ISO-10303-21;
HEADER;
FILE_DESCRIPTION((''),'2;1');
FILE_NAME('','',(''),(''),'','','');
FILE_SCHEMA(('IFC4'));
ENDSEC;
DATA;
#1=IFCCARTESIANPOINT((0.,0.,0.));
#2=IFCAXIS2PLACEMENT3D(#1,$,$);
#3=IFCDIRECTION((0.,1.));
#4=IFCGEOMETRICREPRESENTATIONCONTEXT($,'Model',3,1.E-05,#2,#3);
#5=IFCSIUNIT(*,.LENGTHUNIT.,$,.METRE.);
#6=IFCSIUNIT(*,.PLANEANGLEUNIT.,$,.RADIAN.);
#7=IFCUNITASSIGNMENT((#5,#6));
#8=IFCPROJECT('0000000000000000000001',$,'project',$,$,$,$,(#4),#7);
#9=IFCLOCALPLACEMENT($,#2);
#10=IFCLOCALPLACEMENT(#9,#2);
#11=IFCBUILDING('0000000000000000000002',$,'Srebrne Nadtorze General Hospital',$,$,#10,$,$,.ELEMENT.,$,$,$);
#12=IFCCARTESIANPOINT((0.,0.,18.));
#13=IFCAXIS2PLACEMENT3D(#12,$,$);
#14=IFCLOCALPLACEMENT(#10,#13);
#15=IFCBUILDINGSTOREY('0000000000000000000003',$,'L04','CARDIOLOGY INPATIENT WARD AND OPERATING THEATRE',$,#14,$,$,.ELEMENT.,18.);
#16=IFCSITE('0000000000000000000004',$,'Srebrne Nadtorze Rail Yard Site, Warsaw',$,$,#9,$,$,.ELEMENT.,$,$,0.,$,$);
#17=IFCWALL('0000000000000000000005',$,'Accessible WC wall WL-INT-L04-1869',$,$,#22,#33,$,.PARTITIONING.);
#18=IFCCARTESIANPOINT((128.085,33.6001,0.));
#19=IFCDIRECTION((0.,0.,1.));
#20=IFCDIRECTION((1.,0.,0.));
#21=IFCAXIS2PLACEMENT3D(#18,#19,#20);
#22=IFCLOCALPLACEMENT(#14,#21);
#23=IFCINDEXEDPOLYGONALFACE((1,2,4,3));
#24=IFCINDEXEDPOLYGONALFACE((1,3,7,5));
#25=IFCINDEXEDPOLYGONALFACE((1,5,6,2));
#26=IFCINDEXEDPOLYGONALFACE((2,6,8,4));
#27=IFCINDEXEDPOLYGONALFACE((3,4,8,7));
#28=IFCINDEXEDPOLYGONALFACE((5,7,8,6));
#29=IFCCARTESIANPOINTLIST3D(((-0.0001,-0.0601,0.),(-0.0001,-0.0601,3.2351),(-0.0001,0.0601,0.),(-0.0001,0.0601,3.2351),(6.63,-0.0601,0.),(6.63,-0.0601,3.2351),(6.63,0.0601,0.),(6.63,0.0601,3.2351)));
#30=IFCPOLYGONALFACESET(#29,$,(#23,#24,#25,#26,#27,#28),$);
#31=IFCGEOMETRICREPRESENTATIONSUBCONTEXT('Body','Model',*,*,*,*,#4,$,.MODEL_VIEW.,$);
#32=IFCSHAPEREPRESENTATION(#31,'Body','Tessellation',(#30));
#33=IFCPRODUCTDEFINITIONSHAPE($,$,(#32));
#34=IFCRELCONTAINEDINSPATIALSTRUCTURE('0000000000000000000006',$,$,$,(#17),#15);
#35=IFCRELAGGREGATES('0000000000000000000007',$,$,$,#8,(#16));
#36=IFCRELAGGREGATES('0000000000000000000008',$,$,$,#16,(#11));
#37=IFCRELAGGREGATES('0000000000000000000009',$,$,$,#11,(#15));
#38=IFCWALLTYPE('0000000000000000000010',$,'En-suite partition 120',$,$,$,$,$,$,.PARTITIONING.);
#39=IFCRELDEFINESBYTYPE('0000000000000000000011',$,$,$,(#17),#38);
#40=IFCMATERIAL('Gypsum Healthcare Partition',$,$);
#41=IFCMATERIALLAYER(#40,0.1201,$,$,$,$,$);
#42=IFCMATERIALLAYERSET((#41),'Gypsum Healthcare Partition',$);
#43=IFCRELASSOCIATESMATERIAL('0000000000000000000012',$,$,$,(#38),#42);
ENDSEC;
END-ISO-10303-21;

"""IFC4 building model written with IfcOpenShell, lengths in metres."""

from ifc_helpers import new_model, si_unit, direction, frame, frame_2d, origin, place, context, subcontext, project, spatial, rectangle, extrude, material, layer, layer_set, type_object, element, save


model = new_model("IFC4")

# Units and contexts
model_context = context("Model", 3, precision=1e-05, world=origin(), true_north=direction((0.0, 1.0)))
body_context = subcontext(model_context, "Body", "Model", "MODEL_VIEW")
ifc_project = project(units=[si_unit("LENGTHUNIT", "METRE"), si_unit("PLANEANGLEUNIT", "RADIAN")], contexts=[model_context])

# Site, building, storey
site_placement = place(None, origin())
site = spatial("IfcSite", under=ifc_project, at=site_placement, Name="Srebrne Nadtorze Rail Yard Site, Warsaw", CompositionType="ELEMENT", RefElevation=0.0)
building_placement = place(site_placement, origin())
building = spatial("IfcBuilding", under=site, at=building_placement, Name="Srebrne Nadtorze General Hospital", CompositionType="ELEMENT")
storey_placement = place(building_placement, frame((0.0, 0.0, 18.0)))
storey = spatial("IfcBuildingStorey", under=building, at=storey_placement, Name="L04", Description="CARDIOLOGY INPATIENT WARD AND OPERATING THEATRE", CompositionType="ELEMENT", Elevation=18.0)

# Wall
ifc_material_1 = material(Name="Gypsum Healthcare Partition")
ifc_layer_1 = layer(ifc_material_1, 0.1201)
ifc_layer_set_1 = layer_set([ifc_layer_1], Name="Gypsum Healthcare Partition")
wall_type_1 = type_object("IfcWallType", Name="En-suite partition 120", PredefinedType="PARTITIONING", material=ifc_layer_set_1)
wall_1_placement = place(storey_placement, frame((128.085, 33.6001, 0.0), z_axis=(0.0, 0.0, 1.0), x_axis=(1.0, 0.0, 0.0)))
element("IfcWall", 1, at=wall_1_placement, inside=storey, type_object=wall_type_1, Name="Accessible WC wall WL-INT-L04-1869", PredefinedType="PARTITIONING", context=body_context, shape_type="SweptSolid", body=[
    extrude(rectangle(XDim=6.6301, YDim=0.1201, at=frame_2d((3.3149, 0.0))), origin(), (0.0, 0.0, 1.0), 3.2351),
])

save(model, "model.ifc")
